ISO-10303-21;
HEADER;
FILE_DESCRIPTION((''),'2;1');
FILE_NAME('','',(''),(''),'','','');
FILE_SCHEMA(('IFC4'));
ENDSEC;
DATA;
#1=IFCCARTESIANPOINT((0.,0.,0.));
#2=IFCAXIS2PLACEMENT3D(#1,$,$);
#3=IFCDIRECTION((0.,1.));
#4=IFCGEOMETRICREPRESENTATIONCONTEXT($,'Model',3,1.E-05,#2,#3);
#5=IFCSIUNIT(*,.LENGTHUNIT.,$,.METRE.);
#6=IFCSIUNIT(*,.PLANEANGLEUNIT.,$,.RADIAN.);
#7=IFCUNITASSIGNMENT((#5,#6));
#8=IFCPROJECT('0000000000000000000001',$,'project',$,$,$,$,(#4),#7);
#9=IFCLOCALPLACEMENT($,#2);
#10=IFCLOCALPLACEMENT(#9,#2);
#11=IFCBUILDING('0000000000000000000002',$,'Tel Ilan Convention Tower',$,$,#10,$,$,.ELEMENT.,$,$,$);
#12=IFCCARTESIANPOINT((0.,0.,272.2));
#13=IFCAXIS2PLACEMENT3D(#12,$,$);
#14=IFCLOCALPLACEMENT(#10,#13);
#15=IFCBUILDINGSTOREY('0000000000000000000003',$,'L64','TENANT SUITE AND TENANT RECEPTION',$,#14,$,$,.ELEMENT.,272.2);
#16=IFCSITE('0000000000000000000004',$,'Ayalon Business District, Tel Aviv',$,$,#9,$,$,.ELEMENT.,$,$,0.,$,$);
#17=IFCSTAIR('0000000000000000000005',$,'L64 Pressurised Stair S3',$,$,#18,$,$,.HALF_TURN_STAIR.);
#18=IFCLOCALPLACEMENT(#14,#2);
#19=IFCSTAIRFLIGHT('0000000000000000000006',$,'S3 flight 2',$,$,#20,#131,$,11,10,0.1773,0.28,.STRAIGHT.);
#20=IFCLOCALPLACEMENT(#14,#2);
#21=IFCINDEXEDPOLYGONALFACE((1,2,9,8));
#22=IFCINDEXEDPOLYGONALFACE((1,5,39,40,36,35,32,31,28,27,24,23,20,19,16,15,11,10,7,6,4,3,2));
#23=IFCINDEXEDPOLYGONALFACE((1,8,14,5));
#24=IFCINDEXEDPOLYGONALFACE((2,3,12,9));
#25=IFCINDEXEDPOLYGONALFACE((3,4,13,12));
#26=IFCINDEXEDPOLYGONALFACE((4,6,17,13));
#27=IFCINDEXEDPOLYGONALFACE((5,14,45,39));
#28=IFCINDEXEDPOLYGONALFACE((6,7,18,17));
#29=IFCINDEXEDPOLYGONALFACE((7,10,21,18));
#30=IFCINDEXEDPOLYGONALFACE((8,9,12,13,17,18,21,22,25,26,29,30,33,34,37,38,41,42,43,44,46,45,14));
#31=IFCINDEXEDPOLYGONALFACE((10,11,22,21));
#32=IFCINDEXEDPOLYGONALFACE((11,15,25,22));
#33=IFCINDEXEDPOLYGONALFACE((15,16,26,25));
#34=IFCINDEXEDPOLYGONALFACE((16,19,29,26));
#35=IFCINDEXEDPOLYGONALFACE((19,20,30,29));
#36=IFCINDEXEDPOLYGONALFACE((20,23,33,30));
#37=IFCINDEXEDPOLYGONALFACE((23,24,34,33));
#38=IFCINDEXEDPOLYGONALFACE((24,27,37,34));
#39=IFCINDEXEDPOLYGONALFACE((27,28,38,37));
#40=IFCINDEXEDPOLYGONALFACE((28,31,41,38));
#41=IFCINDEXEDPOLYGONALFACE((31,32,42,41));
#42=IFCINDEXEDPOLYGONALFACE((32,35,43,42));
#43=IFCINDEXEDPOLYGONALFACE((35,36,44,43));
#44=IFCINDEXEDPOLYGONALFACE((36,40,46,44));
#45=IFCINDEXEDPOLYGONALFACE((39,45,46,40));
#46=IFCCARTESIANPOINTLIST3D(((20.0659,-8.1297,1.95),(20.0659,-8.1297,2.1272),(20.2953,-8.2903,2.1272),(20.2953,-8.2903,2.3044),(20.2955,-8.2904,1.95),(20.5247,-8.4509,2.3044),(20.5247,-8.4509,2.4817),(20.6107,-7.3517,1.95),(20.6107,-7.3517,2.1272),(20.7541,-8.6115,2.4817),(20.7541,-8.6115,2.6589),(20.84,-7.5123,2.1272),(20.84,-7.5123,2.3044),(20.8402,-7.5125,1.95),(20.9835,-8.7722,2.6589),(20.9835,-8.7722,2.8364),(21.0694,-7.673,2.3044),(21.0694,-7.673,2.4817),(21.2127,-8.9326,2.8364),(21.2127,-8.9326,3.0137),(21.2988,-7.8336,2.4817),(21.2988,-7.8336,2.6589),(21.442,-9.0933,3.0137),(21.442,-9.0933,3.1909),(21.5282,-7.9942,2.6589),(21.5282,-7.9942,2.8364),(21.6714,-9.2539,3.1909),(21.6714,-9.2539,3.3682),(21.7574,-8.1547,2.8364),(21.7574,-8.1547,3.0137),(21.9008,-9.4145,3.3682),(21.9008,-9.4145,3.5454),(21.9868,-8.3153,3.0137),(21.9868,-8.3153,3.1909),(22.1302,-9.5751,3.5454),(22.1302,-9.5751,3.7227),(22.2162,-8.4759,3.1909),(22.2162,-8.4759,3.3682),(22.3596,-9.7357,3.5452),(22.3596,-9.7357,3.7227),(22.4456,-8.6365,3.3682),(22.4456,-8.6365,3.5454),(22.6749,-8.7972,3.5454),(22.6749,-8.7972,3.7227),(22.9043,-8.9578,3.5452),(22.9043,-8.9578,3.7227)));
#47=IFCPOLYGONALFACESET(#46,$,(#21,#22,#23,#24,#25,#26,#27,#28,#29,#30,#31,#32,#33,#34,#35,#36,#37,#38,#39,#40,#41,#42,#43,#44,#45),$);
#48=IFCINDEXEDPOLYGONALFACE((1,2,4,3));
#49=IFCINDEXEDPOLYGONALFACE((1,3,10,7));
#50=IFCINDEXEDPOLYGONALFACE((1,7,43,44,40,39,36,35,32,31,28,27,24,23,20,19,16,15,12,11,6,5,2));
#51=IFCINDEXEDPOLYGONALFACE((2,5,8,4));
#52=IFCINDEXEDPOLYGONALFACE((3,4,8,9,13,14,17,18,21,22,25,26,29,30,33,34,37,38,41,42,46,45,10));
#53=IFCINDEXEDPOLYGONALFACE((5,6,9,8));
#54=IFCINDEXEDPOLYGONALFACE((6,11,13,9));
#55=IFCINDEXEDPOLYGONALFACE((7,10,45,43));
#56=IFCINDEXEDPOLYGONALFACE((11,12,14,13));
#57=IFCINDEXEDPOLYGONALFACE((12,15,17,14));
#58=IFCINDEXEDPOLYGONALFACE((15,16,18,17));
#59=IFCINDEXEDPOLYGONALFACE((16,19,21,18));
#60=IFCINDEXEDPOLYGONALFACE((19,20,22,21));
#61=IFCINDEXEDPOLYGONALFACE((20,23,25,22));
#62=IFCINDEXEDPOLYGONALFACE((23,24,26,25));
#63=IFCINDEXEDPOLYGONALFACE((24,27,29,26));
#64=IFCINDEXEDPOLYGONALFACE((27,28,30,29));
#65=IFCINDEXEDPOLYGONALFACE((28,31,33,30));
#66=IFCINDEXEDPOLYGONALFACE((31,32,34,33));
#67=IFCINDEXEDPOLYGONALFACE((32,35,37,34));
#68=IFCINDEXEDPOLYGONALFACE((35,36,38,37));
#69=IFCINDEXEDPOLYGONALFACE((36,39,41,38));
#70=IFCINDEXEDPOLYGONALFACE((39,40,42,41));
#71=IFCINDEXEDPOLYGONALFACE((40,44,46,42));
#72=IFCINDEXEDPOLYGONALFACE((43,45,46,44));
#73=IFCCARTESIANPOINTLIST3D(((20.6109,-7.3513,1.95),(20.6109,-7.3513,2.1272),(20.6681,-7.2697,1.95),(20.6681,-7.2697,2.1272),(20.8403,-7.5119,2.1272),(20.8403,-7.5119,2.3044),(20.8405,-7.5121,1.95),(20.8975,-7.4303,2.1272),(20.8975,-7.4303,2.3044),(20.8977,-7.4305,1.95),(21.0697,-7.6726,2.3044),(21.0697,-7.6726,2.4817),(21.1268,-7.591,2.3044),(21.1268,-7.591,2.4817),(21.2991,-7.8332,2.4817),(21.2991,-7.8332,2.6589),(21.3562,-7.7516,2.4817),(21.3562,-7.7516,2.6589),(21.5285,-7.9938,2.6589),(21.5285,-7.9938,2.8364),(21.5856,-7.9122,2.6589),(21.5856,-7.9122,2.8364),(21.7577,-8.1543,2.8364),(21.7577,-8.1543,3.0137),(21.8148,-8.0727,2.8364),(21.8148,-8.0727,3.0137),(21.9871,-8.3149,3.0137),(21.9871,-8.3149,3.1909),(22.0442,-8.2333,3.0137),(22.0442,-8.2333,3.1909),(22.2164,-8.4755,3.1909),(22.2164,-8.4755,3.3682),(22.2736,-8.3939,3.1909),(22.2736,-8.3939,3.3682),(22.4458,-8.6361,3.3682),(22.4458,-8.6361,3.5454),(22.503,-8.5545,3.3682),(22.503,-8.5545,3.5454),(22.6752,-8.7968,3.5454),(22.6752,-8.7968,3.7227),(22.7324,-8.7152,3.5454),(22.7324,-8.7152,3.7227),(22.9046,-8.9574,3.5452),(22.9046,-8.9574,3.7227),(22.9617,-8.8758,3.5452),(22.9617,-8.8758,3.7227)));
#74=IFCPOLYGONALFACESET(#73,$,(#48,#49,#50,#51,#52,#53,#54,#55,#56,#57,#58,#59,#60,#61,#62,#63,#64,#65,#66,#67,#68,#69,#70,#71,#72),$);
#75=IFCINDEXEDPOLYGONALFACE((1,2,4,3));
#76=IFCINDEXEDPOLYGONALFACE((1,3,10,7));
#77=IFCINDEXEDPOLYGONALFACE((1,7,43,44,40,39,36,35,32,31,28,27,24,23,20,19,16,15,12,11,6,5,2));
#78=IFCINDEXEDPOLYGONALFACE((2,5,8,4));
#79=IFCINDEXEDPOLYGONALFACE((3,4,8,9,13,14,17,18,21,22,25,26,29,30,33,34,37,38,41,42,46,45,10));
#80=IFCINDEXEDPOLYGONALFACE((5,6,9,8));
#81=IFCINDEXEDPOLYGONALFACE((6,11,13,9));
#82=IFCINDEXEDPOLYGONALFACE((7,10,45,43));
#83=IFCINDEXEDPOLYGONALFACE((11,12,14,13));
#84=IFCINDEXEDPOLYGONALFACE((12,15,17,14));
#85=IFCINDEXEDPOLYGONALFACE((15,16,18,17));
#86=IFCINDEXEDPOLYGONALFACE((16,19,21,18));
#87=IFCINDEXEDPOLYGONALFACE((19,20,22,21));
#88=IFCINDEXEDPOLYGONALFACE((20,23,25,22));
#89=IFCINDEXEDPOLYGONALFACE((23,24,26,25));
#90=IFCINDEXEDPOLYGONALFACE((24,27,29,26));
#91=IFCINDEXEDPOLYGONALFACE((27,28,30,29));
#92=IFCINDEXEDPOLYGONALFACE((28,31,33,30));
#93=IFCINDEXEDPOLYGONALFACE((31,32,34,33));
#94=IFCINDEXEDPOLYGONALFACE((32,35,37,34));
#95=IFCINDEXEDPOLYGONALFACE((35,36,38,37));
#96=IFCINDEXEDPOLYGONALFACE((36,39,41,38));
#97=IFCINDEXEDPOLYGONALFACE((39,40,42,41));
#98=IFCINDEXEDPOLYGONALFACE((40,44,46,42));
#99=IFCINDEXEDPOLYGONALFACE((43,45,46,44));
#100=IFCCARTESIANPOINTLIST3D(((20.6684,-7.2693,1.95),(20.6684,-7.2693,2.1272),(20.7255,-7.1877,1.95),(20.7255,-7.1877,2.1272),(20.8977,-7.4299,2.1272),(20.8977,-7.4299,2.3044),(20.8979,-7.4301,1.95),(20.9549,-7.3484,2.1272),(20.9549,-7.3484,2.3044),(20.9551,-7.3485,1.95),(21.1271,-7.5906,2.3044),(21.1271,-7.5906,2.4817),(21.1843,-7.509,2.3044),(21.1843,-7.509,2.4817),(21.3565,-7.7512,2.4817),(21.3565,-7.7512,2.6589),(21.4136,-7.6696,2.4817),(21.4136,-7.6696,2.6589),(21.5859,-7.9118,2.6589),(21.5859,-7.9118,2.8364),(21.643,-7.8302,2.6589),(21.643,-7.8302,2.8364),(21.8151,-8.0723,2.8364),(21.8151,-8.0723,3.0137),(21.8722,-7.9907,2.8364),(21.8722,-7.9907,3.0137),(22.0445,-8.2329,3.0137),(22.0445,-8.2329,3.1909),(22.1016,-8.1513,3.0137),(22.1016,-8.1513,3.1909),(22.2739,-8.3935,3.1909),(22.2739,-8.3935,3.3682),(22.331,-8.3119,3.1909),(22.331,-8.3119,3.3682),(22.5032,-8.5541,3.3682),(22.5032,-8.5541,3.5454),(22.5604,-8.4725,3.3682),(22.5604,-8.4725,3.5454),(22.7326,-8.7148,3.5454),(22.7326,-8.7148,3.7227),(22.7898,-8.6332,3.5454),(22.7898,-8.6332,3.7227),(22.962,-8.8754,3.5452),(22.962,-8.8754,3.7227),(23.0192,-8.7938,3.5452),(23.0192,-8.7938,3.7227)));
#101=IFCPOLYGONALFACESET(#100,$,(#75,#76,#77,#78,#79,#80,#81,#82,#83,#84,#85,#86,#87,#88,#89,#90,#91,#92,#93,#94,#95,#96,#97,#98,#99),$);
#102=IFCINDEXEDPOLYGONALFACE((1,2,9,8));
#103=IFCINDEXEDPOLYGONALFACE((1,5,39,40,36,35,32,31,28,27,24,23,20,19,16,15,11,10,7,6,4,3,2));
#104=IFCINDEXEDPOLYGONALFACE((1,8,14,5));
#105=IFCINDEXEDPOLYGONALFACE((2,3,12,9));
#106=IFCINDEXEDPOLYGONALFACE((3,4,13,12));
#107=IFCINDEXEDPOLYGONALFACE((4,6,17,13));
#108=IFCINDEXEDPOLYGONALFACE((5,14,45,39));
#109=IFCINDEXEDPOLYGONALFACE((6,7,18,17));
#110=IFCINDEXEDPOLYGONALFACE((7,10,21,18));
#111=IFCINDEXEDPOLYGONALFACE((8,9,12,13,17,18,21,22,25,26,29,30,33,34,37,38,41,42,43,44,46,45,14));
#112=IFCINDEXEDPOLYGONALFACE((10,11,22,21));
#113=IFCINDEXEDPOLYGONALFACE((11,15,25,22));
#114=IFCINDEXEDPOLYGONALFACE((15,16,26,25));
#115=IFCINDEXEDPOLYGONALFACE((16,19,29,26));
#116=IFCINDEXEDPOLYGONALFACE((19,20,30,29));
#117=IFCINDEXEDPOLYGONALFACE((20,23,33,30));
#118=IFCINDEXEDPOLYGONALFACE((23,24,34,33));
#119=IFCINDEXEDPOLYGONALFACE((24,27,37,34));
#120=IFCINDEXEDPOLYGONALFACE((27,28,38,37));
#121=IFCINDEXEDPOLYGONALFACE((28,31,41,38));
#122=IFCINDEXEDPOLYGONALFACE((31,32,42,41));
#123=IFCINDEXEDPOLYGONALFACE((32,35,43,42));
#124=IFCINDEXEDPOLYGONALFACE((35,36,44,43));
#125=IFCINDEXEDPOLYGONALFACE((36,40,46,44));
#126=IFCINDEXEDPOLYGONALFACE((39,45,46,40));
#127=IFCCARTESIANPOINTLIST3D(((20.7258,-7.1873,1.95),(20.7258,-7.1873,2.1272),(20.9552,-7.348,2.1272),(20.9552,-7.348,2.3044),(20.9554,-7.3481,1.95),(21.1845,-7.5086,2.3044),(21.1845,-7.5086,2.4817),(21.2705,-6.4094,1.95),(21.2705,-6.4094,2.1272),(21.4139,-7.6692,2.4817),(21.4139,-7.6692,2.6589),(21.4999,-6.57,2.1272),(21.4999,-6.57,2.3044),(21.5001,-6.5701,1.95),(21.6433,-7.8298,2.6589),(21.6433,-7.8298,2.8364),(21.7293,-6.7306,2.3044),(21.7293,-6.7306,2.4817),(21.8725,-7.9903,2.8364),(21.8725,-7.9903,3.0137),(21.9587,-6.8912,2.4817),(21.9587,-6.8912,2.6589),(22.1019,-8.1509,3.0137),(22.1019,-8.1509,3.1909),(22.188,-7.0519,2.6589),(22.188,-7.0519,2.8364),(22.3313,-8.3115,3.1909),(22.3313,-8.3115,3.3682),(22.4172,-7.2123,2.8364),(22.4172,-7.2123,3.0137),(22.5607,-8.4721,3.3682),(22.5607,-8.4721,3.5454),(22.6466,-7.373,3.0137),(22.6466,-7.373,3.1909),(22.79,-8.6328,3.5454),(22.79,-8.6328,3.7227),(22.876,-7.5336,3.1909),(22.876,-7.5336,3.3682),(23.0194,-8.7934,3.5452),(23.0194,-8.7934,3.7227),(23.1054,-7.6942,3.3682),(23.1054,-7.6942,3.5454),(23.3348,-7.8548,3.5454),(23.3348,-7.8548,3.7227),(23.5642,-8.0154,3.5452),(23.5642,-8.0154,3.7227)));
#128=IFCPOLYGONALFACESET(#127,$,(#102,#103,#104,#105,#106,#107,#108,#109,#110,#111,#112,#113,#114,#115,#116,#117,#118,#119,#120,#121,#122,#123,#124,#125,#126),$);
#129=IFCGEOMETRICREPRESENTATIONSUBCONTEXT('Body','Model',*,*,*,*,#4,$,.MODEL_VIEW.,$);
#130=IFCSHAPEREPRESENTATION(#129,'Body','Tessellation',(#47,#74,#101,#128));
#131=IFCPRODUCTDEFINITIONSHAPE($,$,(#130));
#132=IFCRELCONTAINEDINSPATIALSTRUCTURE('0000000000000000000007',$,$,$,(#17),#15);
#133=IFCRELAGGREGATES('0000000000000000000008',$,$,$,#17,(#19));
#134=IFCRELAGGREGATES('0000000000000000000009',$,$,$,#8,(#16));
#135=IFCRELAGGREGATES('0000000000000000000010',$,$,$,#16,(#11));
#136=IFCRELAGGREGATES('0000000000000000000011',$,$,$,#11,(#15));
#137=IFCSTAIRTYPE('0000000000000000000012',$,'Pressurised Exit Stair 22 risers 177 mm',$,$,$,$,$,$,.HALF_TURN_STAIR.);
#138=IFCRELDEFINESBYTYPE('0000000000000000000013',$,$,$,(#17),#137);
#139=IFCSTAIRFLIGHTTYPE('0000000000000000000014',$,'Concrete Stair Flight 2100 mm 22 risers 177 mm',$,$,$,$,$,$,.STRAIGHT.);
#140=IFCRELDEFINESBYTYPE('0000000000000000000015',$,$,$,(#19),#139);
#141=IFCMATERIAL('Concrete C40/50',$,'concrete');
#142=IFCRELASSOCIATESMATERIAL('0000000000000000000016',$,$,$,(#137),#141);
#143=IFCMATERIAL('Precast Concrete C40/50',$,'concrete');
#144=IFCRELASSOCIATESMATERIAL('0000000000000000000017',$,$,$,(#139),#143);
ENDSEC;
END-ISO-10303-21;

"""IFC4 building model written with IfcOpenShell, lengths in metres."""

from ifc_helpers import new_model, si_unit, direction, frame, origin, place, context, subcontext, project, spatial, polyline, outline, extrude, material, type_object, element, aggregate, save


model = new_model("IFC4")

# Units and contexts
model_context = context("Model", 3, precision=1e-05, world=origin(), true_north=direction((0.0, 1.0)))
body_context = subcontext(model_context, "Body", "Model", "MODEL_VIEW")
ifc_project = project(units=[si_unit("LENGTHUNIT", "METRE"), si_unit("PLANEANGLEUNIT", "RADIAN")], contexts=[model_context])

# Site, building, storey
site_placement = place(None, origin())
site = spatial("IfcSite", under=ifc_project, at=site_placement, Name="Ayalon Business District, Tel Aviv", CompositionType="ELEMENT", RefElevation=0.0)
building_placement = place(site_placement, origin())
building = spatial("IfcBuilding", under=site, at=building_placement, Name="Tel Ilan Convention Tower", CompositionType="ELEMENT")
storey_placement = place(building_placement, frame((0.0, 0.0, 272.2)))
storey = spatial("IfcBuildingStorey", under=building, at=storey_placement, Name="L64", Description="TENANT SUITE AND TENANT RECEPTION", CompositionType="ELEMENT", Elevation=272.2)

# Stair, stair flight
ifc_material_1 = material(Name="Concrete C40/50", Category="concrete")
stair_type = type_object("IfcStairType", Name="Pressurised Exit Stair 22 risers 177 mm", PredefinedType="HALF_TURN_STAIR", material=ifc_material_1)
stair_1_placement = place(storey_placement, origin())
stair_1 = element("IfcStair", 1, at=stair_1_placement, inside=storey, type_object=stair_type, Name="L64 Pressurised Stair S3", PredefinedType="HALF_TURN_STAIR")
ifc_material_2 = material(Name="Precast Concrete C40/50", Category="concrete")
stair_flight_type = type_object("IfcStairFlightType", Name="Concrete Stair Flight 2100 mm 22 risers 177 mm", PredefinedType="STRAIGHT", material=ifc_material_2)
stair_flight_1_placement = place(storey_placement, frame((20.6682, -7.2695, 1.95), z_axis=(0.0, 0.0, 1.0), x_axis=(0.819152, -0.573576, 0.0)))
stair_flight_1 = element("IfcStairFlight", 2, at=stair_flight_1_placement, type_object=stair_flight_type, Name="S3 flight 2", NumberOfRisers=11, NumberOfTreads=10, PredefinedType="STRAIGHT", RiserHeight=0.1773, TreadLength=0.28, context=body_context, shape_type="SweptSolid", body=[
    extrude(outline(polyline([(0.0, 0.0), (0.0, 0.1772), (0.28, 0.1772), (0.28, 0.3545), (0.5601, 0.3545), (0.5601, 0.5317), (0.8401, 0.5317), (0.8401, 0.709), (1.1201, 0.709), (1.1201, 0.8865), (1.3999, 0.8865), (1.3999, 1.0637), (1.6799, 1.0637), (1.6799, 1.241), (1.96, 1.241), (1.96, 1.4182), (2.24, 1.4182), (2.24, 1.5955), (2.52, 1.5955), (2.52, 1.7727), (2.8, 1.7727), (2.8, 1.95), (2.8, 1.5952), (0.2803, 0.0), (0.0, 0.0)])), frame((0.0, -0.1003, 0.0), z_axis=(0.0, -1.0, 0.0), x_axis=(1.0, 0.0, 0.0)), (0.0, 0.0, 1.0), 0.9497),
    extrude(outline(polyline([(0.0, 0.0), (0.0, 0.1772), (0.28, 0.1772), (0.28, 0.3545), (0.5601, 0.3545), (0.5601, 0.5317), (0.8401, 0.5317), (0.8401, 0.709), (1.1201, 0.709), (1.1201, 0.8865), (1.3999, 0.8865), (1.3999, 1.0637), (1.6799, 1.0637), (1.6799, 1.241), (1.96, 1.241), (1.96, 1.4182), (2.24, 1.4182), (2.24, 1.5955), (2.52, 1.5955), (2.52, 1.7727), (2.8, 1.7727), (2.8, 1.95), (2.8, 1.5952), (0.2803, 0.0), (0.0, 0.0)])), frame((0.0, -0.0002, 0.0), z_axis=(0.0, -1.0, 0.0), x_axis=(1.0, 0.0, 0.0)), (0.0, 0.0, 1.0), 0.0996),
    extrude(outline(polyline([(0.0, 0.0), (0.0, 0.1772), (0.28, 0.1772), (0.28, 0.3545), (0.5601, 0.3545), (0.5601, 0.5317), (0.8401, 0.5317), (0.8401, 0.709), (1.1201, 0.709), (1.1201, 0.8865), (1.3999, 0.8865), (1.3999, 1.0637), (1.6799, 1.0637), (1.6799, 1.241), (1.96, 1.241), (1.96, 1.4182), (2.24, 1.4182), (2.24, 1.5955), (2.52, 1.5955), (2.52, 1.7727), (2.8, 1.7727), (2.8, 1.95), (2.8, 1.5952), (0.2803, 0.0), (0.0, 0.0)])), frame((0.0, 0.0999, 0.0), z_axis=(0.0, -1.0, 0.0), x_axis=(1.0, 0.0, 0.0)), (0.0, 0.0, 1.0), 0.0996),
    extrude(outline(polyline([(0.0, 0.0), (0.0, 0.1772), (0.28, 0.1772), (0.28, 0.3545), (0.5601, 0.3545), (0.5601, 0.5317), (0.8401, 0.5317), (0.8401, 0.709), (1.1201, 0.709), (1.1201, 0.8865), (1.3999, 0.8865), (1.3999, 1.0637), (1.6799, 1.0637), (1.6799, 1.241), (1.96, 1.241), (1.96, 1.4182), (2.24, 1.4182), (2.24, 1.5955), (2.52, 1.5955), (2.52, 1.7727), (2.8, 1.7727), (2.8, 1.95), (2.8, 1.5952), (0.2803, 0.0), (0.0, 0.0)])), frame((0.0, 1.05, 0.0), z_axis=(0.0, -1.0, 0.0), x_axis=(1.0, 0.0, 0.0)), (0.0, 0.0, 1.0), 0.9497),
])
aggregate(stair_1, [stair_flight_1])

save(model, "model.ifc")
